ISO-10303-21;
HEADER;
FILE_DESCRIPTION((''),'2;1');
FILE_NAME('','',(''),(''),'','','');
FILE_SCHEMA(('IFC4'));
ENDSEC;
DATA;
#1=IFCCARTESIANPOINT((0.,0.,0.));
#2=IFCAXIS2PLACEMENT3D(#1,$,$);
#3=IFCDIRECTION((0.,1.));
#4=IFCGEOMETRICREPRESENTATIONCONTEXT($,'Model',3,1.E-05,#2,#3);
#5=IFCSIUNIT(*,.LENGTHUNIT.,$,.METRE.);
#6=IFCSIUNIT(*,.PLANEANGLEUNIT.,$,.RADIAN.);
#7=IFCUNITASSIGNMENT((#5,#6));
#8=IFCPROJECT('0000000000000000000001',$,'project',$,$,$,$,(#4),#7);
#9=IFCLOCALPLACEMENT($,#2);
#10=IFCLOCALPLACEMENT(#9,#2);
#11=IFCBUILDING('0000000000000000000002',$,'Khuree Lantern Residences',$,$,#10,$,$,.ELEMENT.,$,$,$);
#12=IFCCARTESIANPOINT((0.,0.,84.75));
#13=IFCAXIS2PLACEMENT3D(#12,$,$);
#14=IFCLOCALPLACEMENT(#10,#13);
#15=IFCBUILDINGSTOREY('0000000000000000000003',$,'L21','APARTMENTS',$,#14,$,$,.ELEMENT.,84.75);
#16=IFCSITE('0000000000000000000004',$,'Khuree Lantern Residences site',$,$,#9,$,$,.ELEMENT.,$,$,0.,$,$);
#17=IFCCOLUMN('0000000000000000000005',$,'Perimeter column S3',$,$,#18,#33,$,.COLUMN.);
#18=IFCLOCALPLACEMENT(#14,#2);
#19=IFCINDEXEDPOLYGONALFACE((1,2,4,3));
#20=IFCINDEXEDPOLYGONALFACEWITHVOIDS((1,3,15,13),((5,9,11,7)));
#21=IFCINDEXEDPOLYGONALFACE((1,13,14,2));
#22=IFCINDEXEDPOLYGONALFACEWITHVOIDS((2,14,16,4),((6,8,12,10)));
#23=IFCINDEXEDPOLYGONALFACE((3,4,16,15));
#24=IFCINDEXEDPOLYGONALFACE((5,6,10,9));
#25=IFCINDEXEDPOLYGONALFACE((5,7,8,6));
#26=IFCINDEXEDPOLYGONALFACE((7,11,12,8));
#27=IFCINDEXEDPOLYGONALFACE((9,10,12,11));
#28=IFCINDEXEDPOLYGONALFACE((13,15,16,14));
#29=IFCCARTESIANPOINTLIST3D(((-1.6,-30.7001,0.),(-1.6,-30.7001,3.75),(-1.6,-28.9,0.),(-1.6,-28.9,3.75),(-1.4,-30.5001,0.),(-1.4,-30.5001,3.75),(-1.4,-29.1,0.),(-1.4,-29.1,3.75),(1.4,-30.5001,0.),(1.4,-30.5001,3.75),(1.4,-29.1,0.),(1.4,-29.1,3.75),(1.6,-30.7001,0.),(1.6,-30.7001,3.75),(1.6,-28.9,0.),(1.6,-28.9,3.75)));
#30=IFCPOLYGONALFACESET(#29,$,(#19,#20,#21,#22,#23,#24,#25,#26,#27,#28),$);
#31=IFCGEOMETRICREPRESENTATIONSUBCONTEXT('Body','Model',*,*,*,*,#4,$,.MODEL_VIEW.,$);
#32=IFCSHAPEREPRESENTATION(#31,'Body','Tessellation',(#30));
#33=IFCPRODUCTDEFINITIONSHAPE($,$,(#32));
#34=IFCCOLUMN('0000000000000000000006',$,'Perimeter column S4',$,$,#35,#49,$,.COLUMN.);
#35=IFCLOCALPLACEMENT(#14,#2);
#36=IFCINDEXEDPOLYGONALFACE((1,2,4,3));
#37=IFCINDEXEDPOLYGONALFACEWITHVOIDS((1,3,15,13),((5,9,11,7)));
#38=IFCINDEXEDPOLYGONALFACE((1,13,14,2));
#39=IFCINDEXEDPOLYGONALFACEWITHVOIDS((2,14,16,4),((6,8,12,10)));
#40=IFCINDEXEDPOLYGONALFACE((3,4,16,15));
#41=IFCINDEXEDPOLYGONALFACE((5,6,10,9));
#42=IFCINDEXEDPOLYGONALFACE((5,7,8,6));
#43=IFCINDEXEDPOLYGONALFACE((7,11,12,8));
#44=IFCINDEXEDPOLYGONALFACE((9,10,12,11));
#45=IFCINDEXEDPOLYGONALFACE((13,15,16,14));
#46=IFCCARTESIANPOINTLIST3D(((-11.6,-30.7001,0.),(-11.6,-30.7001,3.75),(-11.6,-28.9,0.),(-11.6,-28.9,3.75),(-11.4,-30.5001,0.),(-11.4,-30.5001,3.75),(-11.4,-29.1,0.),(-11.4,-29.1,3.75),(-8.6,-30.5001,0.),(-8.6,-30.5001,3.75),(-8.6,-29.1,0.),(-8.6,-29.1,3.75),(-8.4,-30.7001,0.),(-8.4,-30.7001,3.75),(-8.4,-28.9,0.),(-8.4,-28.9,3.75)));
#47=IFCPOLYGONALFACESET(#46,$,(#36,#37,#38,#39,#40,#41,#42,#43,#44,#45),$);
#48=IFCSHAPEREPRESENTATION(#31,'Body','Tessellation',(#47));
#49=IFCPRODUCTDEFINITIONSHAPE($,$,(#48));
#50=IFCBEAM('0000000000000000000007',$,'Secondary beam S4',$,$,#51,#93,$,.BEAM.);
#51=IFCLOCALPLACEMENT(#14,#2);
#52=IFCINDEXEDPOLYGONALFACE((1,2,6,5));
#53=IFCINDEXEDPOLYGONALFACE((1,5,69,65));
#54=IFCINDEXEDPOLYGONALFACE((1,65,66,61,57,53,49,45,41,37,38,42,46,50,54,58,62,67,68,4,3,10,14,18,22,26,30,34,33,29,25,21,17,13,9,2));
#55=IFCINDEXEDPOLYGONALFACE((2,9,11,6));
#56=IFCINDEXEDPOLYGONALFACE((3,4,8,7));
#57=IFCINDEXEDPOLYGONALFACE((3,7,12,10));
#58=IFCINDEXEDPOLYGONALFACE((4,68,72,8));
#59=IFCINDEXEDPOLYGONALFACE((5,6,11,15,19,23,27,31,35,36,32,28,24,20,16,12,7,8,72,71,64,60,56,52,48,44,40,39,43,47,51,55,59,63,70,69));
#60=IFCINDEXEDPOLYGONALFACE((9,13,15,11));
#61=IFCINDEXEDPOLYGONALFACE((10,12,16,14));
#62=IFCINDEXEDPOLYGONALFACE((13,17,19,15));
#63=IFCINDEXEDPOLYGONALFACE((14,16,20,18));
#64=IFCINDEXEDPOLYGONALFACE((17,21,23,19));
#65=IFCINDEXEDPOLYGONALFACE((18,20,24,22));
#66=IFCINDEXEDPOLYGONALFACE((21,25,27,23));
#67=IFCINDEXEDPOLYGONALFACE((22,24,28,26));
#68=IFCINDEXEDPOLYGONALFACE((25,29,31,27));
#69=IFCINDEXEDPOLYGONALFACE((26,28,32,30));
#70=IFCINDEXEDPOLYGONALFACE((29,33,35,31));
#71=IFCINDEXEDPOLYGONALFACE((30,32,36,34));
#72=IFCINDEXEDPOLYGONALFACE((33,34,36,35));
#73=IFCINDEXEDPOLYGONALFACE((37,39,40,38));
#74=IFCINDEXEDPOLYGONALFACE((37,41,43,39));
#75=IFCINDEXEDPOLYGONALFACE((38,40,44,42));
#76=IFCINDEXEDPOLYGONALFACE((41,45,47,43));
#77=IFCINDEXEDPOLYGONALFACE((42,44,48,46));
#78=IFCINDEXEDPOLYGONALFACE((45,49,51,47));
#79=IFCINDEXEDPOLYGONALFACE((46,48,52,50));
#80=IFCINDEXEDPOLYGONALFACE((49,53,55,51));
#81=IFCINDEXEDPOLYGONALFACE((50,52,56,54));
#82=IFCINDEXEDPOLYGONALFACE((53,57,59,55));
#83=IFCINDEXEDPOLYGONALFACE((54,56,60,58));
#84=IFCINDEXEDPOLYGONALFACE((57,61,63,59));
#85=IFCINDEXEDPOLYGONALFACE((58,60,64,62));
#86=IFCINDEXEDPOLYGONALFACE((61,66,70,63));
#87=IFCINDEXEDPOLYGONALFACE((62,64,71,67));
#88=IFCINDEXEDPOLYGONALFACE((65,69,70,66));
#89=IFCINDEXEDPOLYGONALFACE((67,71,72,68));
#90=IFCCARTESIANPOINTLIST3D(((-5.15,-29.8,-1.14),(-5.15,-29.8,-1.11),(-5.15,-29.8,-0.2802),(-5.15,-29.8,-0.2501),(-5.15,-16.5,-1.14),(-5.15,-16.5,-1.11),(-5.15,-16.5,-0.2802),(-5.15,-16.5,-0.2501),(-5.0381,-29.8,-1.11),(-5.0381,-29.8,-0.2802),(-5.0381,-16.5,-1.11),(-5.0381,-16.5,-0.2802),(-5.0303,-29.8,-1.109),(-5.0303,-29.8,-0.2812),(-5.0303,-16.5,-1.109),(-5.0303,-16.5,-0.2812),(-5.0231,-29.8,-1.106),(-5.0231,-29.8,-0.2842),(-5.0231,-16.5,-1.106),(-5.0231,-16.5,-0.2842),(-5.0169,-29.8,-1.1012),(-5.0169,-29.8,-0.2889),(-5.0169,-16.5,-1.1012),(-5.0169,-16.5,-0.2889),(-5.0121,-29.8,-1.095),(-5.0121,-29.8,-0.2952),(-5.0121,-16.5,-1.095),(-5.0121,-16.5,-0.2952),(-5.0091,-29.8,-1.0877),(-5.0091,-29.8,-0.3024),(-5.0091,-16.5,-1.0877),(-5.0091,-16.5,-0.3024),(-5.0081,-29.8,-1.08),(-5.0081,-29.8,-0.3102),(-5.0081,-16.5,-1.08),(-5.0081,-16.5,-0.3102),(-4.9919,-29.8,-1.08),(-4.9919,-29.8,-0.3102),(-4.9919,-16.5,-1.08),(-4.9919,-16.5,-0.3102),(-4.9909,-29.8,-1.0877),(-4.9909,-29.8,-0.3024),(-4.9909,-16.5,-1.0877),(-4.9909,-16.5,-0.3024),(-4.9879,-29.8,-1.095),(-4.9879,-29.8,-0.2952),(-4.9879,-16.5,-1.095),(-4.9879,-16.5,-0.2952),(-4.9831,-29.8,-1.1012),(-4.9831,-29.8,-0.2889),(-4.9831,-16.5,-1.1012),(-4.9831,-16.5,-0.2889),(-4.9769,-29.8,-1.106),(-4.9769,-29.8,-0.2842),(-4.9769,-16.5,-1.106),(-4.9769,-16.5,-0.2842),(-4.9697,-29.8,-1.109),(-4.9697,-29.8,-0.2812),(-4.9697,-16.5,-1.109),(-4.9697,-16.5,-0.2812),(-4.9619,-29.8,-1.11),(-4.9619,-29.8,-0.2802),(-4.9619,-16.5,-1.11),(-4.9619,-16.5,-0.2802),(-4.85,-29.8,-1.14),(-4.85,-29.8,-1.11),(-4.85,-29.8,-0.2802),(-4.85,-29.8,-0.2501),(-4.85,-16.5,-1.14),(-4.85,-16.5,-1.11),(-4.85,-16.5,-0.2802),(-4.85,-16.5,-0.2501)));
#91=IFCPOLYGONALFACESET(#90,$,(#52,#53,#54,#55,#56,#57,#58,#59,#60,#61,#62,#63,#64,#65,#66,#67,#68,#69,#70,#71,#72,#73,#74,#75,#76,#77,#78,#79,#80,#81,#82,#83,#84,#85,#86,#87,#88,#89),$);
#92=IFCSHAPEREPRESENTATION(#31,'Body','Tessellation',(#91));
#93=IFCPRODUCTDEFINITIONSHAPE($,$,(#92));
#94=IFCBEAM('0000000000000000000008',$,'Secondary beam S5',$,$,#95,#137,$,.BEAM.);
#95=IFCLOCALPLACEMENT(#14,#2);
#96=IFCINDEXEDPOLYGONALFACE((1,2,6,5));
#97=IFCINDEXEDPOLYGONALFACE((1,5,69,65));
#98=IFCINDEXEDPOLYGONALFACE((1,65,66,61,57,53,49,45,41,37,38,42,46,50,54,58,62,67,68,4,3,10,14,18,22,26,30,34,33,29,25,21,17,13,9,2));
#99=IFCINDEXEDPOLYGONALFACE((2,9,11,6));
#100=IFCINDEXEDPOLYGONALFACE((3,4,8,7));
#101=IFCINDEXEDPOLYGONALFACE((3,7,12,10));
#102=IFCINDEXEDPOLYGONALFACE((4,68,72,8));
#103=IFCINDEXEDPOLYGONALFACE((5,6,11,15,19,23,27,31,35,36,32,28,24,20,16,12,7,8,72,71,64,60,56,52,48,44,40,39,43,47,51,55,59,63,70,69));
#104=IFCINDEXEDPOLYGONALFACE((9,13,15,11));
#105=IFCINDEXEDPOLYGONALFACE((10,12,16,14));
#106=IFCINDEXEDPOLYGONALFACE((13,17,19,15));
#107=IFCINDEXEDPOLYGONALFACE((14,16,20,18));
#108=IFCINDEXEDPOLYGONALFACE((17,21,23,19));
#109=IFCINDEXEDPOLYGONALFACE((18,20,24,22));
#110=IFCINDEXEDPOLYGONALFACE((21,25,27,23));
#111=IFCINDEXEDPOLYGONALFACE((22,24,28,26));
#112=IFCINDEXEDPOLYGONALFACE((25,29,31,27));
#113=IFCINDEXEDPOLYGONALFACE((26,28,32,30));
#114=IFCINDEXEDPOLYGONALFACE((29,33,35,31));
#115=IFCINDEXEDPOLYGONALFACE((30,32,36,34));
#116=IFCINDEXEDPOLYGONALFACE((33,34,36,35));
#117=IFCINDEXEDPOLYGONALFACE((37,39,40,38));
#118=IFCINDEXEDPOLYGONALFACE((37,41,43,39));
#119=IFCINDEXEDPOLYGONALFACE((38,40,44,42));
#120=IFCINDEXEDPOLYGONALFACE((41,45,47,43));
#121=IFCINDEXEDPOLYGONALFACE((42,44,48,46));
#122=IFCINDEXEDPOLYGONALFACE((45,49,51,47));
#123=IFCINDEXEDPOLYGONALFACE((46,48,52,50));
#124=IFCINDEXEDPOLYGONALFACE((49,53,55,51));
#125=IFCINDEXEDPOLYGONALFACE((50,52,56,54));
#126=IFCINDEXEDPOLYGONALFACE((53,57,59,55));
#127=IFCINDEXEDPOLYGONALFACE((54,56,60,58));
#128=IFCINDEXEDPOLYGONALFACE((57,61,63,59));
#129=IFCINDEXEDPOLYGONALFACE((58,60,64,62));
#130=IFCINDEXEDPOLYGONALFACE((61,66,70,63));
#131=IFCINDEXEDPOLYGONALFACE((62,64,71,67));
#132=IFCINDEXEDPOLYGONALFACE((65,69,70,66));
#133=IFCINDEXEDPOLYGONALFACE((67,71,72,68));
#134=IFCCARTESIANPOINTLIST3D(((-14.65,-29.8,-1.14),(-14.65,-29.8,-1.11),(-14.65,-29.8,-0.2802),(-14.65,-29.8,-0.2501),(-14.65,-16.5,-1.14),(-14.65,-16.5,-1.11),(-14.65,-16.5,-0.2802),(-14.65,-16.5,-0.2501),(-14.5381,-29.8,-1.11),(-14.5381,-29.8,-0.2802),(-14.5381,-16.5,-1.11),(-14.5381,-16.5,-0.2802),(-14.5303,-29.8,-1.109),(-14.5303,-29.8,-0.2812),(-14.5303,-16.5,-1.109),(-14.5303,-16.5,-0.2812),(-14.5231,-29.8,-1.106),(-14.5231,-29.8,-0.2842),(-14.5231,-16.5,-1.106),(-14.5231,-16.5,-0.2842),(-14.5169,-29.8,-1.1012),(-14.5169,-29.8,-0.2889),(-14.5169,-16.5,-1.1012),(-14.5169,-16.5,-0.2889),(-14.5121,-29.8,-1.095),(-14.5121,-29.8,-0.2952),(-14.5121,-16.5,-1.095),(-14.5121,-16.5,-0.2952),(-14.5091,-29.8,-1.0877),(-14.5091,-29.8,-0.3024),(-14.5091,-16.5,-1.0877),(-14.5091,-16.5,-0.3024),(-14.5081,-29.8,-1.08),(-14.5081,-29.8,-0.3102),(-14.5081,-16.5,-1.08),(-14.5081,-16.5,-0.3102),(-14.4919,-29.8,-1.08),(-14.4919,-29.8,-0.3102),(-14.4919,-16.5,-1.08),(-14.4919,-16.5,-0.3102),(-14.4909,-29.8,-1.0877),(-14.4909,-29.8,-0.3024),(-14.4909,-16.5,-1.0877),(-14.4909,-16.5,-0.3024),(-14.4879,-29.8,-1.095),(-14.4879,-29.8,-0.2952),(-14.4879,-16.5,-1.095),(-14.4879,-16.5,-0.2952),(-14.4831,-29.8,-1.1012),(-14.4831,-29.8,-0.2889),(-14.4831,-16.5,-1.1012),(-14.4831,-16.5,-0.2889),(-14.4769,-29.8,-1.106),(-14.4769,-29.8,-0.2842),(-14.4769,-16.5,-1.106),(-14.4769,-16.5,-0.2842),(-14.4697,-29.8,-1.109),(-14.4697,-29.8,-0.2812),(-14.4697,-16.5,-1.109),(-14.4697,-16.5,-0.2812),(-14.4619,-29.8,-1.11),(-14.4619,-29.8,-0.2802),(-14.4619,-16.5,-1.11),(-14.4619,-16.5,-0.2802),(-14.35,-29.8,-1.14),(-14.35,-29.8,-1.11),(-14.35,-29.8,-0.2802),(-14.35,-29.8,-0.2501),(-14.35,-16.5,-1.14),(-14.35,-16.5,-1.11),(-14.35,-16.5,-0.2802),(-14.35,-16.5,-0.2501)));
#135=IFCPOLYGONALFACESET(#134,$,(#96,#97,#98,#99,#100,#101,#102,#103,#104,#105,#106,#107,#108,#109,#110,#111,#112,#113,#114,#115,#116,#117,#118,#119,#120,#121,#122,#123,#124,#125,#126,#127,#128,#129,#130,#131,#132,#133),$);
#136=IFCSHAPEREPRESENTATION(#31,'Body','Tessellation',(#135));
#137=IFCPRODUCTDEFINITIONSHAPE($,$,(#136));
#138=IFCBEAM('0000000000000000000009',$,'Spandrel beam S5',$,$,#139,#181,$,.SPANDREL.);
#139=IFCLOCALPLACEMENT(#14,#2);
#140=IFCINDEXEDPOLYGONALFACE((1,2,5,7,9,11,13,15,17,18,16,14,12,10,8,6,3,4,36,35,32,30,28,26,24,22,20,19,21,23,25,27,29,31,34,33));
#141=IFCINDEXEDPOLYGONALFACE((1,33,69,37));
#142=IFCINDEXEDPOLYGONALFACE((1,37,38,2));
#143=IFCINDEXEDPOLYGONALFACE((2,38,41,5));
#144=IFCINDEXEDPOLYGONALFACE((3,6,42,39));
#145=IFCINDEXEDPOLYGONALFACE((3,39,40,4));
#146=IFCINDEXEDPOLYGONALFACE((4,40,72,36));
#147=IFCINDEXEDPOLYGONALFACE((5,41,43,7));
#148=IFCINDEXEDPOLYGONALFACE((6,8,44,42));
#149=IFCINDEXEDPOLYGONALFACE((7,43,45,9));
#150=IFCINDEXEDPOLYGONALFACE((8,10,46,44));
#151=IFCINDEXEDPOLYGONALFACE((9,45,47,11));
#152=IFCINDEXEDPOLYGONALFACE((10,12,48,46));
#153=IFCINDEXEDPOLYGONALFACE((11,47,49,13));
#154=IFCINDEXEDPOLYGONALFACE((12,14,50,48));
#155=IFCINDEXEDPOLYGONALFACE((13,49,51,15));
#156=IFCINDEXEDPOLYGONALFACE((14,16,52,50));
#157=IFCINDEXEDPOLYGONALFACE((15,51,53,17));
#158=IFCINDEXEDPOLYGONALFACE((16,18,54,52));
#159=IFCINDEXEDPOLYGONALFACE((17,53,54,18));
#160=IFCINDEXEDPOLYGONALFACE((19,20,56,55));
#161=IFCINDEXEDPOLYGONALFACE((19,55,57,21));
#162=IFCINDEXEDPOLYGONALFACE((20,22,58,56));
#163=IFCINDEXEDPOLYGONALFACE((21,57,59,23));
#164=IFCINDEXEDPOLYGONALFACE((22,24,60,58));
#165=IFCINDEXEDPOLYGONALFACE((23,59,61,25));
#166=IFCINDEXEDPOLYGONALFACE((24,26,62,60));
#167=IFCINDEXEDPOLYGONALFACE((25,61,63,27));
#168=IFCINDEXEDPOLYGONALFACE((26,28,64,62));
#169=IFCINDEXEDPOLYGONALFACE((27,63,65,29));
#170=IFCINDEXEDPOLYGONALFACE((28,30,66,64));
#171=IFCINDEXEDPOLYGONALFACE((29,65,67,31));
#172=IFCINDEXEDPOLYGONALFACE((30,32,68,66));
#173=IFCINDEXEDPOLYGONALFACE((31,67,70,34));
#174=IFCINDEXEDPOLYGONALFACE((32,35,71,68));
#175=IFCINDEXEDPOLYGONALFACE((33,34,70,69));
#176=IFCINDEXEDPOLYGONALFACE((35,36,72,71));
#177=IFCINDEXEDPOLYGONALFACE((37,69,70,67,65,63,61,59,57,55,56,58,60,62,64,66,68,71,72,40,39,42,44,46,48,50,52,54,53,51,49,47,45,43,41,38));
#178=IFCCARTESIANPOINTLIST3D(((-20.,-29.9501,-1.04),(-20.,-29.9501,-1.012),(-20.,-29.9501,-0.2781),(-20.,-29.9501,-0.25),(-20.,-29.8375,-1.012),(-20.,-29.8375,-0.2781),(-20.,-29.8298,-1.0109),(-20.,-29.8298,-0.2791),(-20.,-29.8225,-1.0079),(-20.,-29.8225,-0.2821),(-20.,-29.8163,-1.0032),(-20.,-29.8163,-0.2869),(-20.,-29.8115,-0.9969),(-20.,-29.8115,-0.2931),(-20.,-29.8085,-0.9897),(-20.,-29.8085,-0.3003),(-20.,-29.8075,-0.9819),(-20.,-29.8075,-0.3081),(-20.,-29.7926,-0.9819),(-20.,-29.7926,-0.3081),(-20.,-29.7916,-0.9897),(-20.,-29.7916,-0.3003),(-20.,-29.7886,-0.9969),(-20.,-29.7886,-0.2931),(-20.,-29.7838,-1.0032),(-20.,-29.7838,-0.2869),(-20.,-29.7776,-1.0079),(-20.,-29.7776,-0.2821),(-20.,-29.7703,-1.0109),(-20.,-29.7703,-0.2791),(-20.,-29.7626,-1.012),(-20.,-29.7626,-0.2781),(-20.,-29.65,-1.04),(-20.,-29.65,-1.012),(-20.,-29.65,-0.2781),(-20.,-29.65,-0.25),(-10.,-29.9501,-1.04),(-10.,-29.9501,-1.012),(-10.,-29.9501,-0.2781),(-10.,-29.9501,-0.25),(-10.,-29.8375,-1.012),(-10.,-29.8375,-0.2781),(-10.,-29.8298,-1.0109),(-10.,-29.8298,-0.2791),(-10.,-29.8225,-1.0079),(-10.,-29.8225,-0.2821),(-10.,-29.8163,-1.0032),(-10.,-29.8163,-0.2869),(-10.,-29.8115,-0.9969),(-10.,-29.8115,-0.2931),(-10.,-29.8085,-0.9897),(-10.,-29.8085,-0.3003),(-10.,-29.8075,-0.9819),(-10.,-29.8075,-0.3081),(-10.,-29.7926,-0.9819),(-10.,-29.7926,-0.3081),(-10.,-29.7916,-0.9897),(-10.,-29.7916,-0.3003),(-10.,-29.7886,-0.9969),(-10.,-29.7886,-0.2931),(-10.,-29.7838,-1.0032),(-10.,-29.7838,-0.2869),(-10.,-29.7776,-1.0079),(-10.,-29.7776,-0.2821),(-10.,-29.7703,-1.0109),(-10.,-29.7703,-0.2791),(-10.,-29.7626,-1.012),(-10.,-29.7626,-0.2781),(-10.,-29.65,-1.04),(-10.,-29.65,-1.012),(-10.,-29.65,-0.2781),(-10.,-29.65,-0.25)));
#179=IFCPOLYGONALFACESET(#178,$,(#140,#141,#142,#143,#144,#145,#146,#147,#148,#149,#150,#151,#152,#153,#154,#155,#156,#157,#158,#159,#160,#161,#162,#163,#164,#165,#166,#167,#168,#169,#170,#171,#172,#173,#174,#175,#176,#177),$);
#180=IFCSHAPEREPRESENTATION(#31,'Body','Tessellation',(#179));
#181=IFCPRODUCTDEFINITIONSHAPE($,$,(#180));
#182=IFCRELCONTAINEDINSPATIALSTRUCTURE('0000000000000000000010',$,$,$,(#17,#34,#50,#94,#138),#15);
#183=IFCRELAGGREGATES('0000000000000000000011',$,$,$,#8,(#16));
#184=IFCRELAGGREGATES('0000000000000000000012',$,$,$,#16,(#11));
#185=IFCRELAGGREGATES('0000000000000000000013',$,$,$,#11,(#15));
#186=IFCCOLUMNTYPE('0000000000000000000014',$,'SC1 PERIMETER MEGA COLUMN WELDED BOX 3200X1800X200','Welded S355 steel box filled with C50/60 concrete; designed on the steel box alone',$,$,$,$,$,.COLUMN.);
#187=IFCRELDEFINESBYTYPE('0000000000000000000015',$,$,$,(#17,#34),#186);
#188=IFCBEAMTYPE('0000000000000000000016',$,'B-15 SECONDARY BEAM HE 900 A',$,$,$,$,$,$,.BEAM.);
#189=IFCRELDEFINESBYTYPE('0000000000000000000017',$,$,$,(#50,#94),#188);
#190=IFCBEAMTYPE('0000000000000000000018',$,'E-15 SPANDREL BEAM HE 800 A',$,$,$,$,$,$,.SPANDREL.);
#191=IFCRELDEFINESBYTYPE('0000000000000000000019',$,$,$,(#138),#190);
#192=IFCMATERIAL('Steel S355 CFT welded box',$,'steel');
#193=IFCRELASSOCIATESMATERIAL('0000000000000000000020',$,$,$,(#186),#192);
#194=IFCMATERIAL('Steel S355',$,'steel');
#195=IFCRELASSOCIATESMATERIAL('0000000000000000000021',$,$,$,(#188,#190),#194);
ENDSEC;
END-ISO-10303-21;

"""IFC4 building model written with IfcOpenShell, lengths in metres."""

from ifc_helpers import new_model, si_unit, direction, frame, origin, origin_2d, place, context, subcontext, project, spatial, hollow_rectangle, i_section, extrude, material, material_profile, profile_set, type_object, element, save


model = new_model("IFC4")

# Units and contexts
model_context = context("Model", 3, precision=1e-05, world=origin(), true_north=direction((0.0, 1.0)))
body_context = subcontext(model_context, "Body", "Model", "MODEL_VIEW")
ifc_project = project(units=[si_unit("LENGTHUNIT", "METRE"), si_unit("PLANEANGLEUNIT", "RADIAN")], contexts=[model_context])

# Site, building, storey
site_placement = place(None, origin())
site = spatial("IfcSite", under=ifc_project, at=site_placement, Name="Khuree Lantern Residences site", CompositionType="ELEMENT", RefElevation=0.0)
building_placement = place(site_placement, origin())
building = spatial("IfcBuilding", under=site, at=building_placement, Name="Khuree Lantern Residences", CompositionType="ELEMENT")
storey_placement = place(building_placement, frame((0.0, 0.0, 84.75)))
storey = spatial("IfcBuildingStorey", under=building, at=storey_placement, Name="L21", Description="APARTMENTS", CompositionType="ELEMENT", Elevation=84.75)

# Columns
ifc_material_1 = material(Name="Steel S355 CFT welded box", Category="steel")
ifc_material_profile_1 = material_profile(ifc_material_1, hollow_rectangle(XDim=3.2, YDim=1.8, WallThickness=0.2, at=origin_2d()), Name="WELDED BOX 3200X1800X200")
ifc_profile_set_1 = profile_set([ifc_material_profile_1], Name="Steel S355 CFT welded box")
column_type = type_object("IfcColumnType", Name="SC1 PERIMETER MEGA COLUMN WELDED BOX 3200X1800X200", Description="Welded S355 steel box filled with C50/60 concrete; designed on the steel box alone", PredefinedType="COLUMN", material=ifc_profile_set_1)
for number, where, z_axis, x_axis, name in (
    (1, (0.0, -29.8, 0.0), (0.0, 0.0, 1.0), (1.0, 0.0, 0.0), "Perimeter column S3"),
    (2, (-10.0, -29.8, 0.0), (0.0, 0.0, 1.0), (1.0, 0.0, 0.0), "Perimeter column S4"),
):
    element("IfcColumn", number, at=place(storey_placement, frame(where, z_axis=z_axis, x_axis=x_axis)), inside=storey, type_object=column_type, Name=name, PredefinedType="COLUMN", context=body_context, shape_type="SweptSolid", body=[
        extrude(hollow_rectangle(XDim=3.2, YDim=1.8, WallThickness=0.2, at=origin_2d()), origin(), (0.0, 0.0, 1.0), 3.75),
    ])

# Beams
ifc_material_2 = material(Name="Steel S355", Category="steel")
ifc_material_profile_2 = material_profile(ifc_material_2, i_section(OverallWidth=0.3, OverallDepth=0.8899, WebThickness=0.0161, FlangeThickness=0.03, FilletRadius=0.03, at=origin_2d()), Name="HE 900 A")
ifc_profile_set_2 = profile_set([ifc_material_profile_2], Name="Steel S355")
beam_type_1 = type_object("IfcBeamType", Name="B-15 SECONDARY BEAM HE 900 A", PredefinedType="BEAM", material=ifc_profile_set_2)
for number, where, z_axis, x_axis, name in (
    (3, (-5.0, -29.8, -0.6951), (0.0, 1.0, 0.0), (-1.0, 0.0, 0.0), "Secondary beam S4"),
    (4, (-14.5, -29.8, -0.6951), (0.0, 1.0, 0.0), (-1.0, 0.0, 0.0), "Secondary beam S5"),
):
    element("IfcBeam", number, at=place(storey_placement, frame(where, z_axis=z_axis, x_axis=x_axis)), inside=storey, type_object=beam_type_1, Name=name, PredefinedType="BEAM", context=body_context, shape_type="SweptSolid", body=[
        extrude(i_section(OverallWidth=0.3, OverallDepth=0.8899, WebThickness=0.0161, FlangeThickness=0.03, FilletRadius=0.03, at=origin_2d()), origin(), (0.0, 0.0, 1.0), 13.3),
    ])
ifc_material_profile_3 = material_profile(ifc_material_2, i_section(OverallWidth=0.3, OverallDepth=0.79, WebThickness=0.0149, FlangeThickness=0.0281, FilletRadius=0.03, at=origin_2d()), Name="HE 800 A")
ifc_profile_set_3 = profile_set([ifc_material_profile_3], Name="Steel S355")
beam_type_2 = type_object("IfcBeamType", Name="E-15 SPANDREL BEAM HE 800 A", PredefinedType="SPANDREL", material=ifc_profile_set_3)
beam_1_placement = place(storey_placement, frame((-10.0, -29.8, -0.645), z_axis=(-1.0, 0.0, 0.0), x_axis=(0.0, -1.0, 0.0)))
element("IfcBeam", 5, at=beam_1_placement, inside=storey, type_object=beam_type_2, Name="Spandrel beam S5", PredefinedType="SPANDREL", context=body_context, shape_type="SweptSolid", body=[
    extrude(i_section(OverallWidth=0.3, OverallDepth=0.79, WebThickness=0.0149, FlangeThickness=0.0281, FilletRadius=0.03, at=origin_2d()), origin(), (0.0, 0.0, 1.0), 10.0),
])

save(model, "model.ifc")
